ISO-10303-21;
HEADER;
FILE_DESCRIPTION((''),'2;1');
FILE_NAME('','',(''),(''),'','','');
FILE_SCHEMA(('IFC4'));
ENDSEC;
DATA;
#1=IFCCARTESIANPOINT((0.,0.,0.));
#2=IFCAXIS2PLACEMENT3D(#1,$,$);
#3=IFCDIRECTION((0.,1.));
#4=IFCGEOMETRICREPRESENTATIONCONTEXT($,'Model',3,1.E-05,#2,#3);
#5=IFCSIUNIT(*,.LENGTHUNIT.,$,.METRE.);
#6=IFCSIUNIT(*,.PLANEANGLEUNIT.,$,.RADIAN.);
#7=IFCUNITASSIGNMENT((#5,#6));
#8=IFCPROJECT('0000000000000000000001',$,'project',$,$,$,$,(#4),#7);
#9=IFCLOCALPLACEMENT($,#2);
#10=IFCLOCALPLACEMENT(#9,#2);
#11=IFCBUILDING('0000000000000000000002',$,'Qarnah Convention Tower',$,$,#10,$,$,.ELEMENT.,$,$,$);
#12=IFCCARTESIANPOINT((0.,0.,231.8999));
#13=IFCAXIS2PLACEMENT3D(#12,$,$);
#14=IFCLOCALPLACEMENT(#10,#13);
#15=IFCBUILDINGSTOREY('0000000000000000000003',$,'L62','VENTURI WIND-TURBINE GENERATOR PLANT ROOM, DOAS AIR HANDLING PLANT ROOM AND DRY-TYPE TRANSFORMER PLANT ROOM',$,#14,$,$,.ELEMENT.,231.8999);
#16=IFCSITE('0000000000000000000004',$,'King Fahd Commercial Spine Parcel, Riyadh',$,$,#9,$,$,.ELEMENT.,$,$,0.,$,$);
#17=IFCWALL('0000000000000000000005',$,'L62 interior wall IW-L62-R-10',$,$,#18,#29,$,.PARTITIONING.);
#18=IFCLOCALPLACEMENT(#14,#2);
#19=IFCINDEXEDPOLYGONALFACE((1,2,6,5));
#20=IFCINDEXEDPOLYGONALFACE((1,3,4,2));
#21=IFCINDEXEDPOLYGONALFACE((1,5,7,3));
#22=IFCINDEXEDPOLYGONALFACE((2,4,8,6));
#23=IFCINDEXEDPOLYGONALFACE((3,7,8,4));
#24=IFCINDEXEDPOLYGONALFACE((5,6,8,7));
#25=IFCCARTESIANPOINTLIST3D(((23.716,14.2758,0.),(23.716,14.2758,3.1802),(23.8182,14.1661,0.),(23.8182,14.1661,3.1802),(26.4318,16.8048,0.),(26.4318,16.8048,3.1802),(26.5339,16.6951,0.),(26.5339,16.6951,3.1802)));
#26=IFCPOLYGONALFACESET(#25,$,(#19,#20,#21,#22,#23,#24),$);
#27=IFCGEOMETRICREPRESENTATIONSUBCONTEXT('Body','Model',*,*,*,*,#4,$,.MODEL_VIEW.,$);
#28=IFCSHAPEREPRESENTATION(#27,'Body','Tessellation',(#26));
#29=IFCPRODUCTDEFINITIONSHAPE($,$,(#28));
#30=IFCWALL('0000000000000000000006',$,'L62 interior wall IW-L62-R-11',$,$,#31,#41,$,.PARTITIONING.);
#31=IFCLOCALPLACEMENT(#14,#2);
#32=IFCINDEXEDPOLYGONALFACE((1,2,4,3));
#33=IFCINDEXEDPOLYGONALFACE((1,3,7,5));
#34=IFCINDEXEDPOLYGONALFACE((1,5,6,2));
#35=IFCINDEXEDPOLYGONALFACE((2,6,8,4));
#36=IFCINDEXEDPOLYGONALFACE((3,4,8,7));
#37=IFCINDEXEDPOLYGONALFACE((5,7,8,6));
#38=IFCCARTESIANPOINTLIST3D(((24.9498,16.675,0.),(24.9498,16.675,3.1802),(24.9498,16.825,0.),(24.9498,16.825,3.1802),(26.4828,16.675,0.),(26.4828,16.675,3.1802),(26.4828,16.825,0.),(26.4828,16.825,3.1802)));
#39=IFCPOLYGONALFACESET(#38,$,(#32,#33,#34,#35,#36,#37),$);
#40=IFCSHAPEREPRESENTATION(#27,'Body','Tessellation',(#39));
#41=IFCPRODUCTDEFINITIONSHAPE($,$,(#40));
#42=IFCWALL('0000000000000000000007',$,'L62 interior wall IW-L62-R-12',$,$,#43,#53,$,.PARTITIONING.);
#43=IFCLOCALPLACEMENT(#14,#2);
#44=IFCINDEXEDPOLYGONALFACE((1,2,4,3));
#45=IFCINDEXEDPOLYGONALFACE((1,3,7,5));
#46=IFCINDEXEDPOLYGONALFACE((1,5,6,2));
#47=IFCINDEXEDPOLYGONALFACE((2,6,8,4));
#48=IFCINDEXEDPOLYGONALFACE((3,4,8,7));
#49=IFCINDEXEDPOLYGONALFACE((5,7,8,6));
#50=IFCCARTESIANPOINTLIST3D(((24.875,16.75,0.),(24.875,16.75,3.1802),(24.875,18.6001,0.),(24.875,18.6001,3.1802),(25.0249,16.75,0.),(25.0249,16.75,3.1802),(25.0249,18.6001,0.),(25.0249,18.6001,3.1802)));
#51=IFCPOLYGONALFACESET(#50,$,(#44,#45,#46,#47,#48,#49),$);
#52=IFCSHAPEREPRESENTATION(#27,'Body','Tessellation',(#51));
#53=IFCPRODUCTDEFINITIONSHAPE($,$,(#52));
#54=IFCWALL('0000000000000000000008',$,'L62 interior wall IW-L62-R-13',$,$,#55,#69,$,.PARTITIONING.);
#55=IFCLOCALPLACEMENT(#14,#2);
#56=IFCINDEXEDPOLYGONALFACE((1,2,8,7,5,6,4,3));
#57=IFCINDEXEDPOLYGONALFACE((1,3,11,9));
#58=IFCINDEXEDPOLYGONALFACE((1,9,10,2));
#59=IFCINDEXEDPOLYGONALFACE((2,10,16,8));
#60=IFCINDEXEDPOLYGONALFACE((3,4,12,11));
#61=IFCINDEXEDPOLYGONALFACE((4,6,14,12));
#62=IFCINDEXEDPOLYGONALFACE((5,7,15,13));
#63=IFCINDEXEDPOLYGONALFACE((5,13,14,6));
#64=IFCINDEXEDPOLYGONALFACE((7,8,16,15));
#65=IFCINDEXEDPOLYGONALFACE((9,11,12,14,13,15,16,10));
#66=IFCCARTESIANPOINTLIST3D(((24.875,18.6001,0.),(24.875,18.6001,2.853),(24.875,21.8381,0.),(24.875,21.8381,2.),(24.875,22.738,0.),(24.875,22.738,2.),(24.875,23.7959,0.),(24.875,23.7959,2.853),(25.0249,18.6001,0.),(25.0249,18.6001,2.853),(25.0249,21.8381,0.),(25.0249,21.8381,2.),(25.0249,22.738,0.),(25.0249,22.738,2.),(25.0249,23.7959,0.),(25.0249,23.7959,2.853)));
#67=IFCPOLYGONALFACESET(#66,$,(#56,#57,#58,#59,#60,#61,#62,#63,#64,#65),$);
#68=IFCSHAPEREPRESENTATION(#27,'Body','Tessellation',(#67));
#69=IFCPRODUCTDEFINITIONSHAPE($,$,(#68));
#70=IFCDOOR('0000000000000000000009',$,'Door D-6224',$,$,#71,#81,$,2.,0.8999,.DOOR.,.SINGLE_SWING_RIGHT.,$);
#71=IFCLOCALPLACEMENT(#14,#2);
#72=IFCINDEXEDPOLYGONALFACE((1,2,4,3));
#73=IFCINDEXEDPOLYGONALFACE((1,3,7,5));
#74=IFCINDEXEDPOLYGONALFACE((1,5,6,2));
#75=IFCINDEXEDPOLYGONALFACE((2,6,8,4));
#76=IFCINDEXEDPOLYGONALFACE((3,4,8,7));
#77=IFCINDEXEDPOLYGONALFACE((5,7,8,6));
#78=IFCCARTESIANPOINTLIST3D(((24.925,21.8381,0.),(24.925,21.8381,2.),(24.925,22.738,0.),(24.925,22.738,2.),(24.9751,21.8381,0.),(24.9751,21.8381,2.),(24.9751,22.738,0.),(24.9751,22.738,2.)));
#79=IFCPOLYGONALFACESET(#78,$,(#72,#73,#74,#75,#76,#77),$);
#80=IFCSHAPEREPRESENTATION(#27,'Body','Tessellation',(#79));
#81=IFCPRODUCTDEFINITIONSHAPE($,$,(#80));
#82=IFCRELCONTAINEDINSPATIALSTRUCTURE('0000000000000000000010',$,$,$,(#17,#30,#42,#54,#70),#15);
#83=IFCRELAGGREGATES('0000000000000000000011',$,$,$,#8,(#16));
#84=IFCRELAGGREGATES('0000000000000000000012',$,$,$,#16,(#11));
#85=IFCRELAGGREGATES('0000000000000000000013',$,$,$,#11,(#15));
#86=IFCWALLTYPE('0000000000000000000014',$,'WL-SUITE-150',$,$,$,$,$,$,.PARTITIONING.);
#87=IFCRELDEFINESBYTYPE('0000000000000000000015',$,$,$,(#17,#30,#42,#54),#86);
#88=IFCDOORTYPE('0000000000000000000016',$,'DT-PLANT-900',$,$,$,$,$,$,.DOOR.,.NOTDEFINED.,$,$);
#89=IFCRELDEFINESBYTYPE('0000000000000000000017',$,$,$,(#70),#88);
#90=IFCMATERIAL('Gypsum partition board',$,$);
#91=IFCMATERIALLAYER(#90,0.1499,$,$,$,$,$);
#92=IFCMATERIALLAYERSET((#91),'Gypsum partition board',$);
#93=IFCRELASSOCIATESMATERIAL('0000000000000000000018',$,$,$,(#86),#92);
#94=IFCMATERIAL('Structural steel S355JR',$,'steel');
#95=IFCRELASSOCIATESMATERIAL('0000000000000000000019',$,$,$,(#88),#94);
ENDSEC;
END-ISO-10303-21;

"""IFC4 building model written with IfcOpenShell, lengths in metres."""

from ifc_helpers import new_model, si_unit, direction, frame, frame_2d, origin, place, context, subcontext, project, spatial, rectangle, extrude, material, layer, layer_set, type_object, element, fill, save


model = new_model("IFC4")

# Units and contexts
model_context = context("Model", 3, precision=1e-05, world=origin(), true_north=direction((0.0, 1.0)))
body_context = subcontext(model_context, "Body", "Model", "MODEL_VIEW")
ifc_project = project(units=[si_unit("LENGTHUNIT", "METRE"), si_unit("PLANEANGLEUNIT", "RADIAN")], contexts=[model_context])

# Site, building, storey
site_placement = place(None, origin())
site = spatial("IfcSite", under=ifc_project, at=site_placement, Name="King Fahd Commercial Spine Parcel, Riyadh", CompositionType="ELEMENT", RefElevation=0.0)
building_placement = place(site_placement, origin())
building = spatial("IfcBuilding", under=site, at=building_placement, Name="Qarnah Convention Tower", CompositionType="ELEMENT")
storey_placement = place(building_placement, frame((0.0, 0.0, 231.8999)))
storey = spatial("IfcBuildingStorey", under=building, at=storey_placement, Name="L62", Description="VENTURI WIND-TURBINE GENERATOR PLANT ROOM, DOAS AIR HANDLING PLANT ROOM AND DRY-TYPE TRANSFORMER PLANT ROOM", CompositionType="ELEMENT", Elevation=231.8999)

# Shared definitions
ifc_material_1 = material(Name="Structural steel S355JR", Category="steel")

# Shared definitions
ifc_material_2 = material(Name="Gypsum partition board")
ifc_layer_1 = layer(ifc_material_2, 0.1499)
ifc_layer_set_1 = layer_set([ifc_layer_1], Name="Gypsum partition board")
wall_type_1 = type_object("IfcWallType", Name="WL-SUITE-150", PredefinedType="PARTITIONING", material=ifc_layer_set_1)

# Shared definitions
door_type_1 = type_object("IfcDoorType", Name="DT-PLANT-900", OperationType="NOTDEFINED", PredefinedType="DOOR", material=ifc_material_1)

# Walls
wall_1_placement = place(storey_placement, frame((23.7671, 14.2209, 0.0), z_axis=(0.0, 0.0, 1.0), x_axis=(0.731823, 0.681495, 0.0)))
element("IfcWall", 1, at=wall_1_placement, inside=storey, type_object=wall_type_1, Name="L62 interior wall IW-L62-R-10", PredefinedType="PARTITIONING", context=body_context, shape_type="SweptSolid", body=[
    extrude(rectangle(XDim=3.7109, YDim=0.1499, at=frame_2d((1.8555, 0.0))), origin(), (0.0, 0.0, 1.0), 3.1802),
])
wall_2_placement = place(storey_placement, frame((26.4829, 16.75, 0.0), z_axis=(0.0, 0.0, 1.0), x_axis=(-1.0, 0.0, 0.0)))
element("IfcWall", 2, at=wall_2_placement, inside=storey, type_object=wall_type_1, Name="L62 interior wall IW-L62-R-11", PredefinedType="PARTITIONING", context=body_context, shape_type="SweptSolid", body=[
    extrude(rectangle(XDim=1.533, YDim=0.1499, at=frame_2d((0.7666, 0.0))), origin(), (0.0, 0.0, 1.0), 3.1802),
])
wall_3_placement = place(storey_placement, frame((24.95, 16.75, 0.0), z_axis=(0.0, 0.0, 1.0), x_axis=(0.0, 1.0, 0.0)))
element("IfcWall", 3, at=wall_3_placement, inside=storey, type_object=wall_type_1, Name="L62 interior wall IW-L62-R-12", PredefinedType="PARTITIONING", context=body_context, shape_type="SweptSolid", body=[
    extrude(rectangle(XDim=1.8501, YDim=0.1499, at=frame_2d((0.925, 0.0))), origin(), (0.0, 0.0, 1.0), 3.1802),
])

# Wall, opening, door
wall_4_placement = place(storey_placement, frame((24.95, 18.6001, 0.0), z_axis=(0.0, 0.0, 1.0), x_axis=(0.0, 1.0, 0.0)))
wall_4 = element("IfcWall", 4, at=wall_4_placement, inside=storey, type_object=wall_type_1, Name="L62 interior wall IW-L62-R-13", PredefinedType="PARTITIONING", context=body_context, shape_type="SweptSolid", body=[
    extrude(rectangle(XDim=5.1958, YDim=0.1499, at=frame_2d((2.5979, 0.0))), origin(), (0.0, 0.0, 1.0), 2.853),
])
opening_1_placement = place(wall_4_placement, frame((3.238, 0.0, 0.0)))
opening_1 = element("IfcOpeningElement", 5, at=opening_1_placement, cuts=wall_4, PredefinedType="OPENING", context=body_context, shape_type="SweptSolid", body=[
    extrude(rectangle(XDim=0.8999, YDim=2.0, at=frame_2d((0.45, 1.0))), frame((0.0, 0.085, 0.0), z_axis=(0.0, -1.0, 0.0), x_axis=(1.0, 0.0, 0.0)), (0.0, 0.0, 1.0), 0.1699),
])
door_1_placement = place(opening_1_placement, origin())
door_1 = element("IfcDoor", 6, at=door_1_placement, inside=storey, type_object=door_type_1, Name="Door D-6224", OperationType="SINGLE_SWING_RIGHT", OverallHeight=2.0, OverallWidth=0.8999, PredefinedType="DOOR", context=body_context, shape_type="SweptSolid", body=[
    extrude(rectangle(XDim=0.8999, YDim=2.0, at=frame_2d((0.45, 1.0))), frame((0.0, 0.0249, 0.0), z_axis=(0.0, -1.0, 0.0), x_axis=(1.0, 0.0, 0.0)), (0.0, 0.0, 1.0), 0.05),
])
fill(opening_1, door_1)

save(model, "model.ifc")
